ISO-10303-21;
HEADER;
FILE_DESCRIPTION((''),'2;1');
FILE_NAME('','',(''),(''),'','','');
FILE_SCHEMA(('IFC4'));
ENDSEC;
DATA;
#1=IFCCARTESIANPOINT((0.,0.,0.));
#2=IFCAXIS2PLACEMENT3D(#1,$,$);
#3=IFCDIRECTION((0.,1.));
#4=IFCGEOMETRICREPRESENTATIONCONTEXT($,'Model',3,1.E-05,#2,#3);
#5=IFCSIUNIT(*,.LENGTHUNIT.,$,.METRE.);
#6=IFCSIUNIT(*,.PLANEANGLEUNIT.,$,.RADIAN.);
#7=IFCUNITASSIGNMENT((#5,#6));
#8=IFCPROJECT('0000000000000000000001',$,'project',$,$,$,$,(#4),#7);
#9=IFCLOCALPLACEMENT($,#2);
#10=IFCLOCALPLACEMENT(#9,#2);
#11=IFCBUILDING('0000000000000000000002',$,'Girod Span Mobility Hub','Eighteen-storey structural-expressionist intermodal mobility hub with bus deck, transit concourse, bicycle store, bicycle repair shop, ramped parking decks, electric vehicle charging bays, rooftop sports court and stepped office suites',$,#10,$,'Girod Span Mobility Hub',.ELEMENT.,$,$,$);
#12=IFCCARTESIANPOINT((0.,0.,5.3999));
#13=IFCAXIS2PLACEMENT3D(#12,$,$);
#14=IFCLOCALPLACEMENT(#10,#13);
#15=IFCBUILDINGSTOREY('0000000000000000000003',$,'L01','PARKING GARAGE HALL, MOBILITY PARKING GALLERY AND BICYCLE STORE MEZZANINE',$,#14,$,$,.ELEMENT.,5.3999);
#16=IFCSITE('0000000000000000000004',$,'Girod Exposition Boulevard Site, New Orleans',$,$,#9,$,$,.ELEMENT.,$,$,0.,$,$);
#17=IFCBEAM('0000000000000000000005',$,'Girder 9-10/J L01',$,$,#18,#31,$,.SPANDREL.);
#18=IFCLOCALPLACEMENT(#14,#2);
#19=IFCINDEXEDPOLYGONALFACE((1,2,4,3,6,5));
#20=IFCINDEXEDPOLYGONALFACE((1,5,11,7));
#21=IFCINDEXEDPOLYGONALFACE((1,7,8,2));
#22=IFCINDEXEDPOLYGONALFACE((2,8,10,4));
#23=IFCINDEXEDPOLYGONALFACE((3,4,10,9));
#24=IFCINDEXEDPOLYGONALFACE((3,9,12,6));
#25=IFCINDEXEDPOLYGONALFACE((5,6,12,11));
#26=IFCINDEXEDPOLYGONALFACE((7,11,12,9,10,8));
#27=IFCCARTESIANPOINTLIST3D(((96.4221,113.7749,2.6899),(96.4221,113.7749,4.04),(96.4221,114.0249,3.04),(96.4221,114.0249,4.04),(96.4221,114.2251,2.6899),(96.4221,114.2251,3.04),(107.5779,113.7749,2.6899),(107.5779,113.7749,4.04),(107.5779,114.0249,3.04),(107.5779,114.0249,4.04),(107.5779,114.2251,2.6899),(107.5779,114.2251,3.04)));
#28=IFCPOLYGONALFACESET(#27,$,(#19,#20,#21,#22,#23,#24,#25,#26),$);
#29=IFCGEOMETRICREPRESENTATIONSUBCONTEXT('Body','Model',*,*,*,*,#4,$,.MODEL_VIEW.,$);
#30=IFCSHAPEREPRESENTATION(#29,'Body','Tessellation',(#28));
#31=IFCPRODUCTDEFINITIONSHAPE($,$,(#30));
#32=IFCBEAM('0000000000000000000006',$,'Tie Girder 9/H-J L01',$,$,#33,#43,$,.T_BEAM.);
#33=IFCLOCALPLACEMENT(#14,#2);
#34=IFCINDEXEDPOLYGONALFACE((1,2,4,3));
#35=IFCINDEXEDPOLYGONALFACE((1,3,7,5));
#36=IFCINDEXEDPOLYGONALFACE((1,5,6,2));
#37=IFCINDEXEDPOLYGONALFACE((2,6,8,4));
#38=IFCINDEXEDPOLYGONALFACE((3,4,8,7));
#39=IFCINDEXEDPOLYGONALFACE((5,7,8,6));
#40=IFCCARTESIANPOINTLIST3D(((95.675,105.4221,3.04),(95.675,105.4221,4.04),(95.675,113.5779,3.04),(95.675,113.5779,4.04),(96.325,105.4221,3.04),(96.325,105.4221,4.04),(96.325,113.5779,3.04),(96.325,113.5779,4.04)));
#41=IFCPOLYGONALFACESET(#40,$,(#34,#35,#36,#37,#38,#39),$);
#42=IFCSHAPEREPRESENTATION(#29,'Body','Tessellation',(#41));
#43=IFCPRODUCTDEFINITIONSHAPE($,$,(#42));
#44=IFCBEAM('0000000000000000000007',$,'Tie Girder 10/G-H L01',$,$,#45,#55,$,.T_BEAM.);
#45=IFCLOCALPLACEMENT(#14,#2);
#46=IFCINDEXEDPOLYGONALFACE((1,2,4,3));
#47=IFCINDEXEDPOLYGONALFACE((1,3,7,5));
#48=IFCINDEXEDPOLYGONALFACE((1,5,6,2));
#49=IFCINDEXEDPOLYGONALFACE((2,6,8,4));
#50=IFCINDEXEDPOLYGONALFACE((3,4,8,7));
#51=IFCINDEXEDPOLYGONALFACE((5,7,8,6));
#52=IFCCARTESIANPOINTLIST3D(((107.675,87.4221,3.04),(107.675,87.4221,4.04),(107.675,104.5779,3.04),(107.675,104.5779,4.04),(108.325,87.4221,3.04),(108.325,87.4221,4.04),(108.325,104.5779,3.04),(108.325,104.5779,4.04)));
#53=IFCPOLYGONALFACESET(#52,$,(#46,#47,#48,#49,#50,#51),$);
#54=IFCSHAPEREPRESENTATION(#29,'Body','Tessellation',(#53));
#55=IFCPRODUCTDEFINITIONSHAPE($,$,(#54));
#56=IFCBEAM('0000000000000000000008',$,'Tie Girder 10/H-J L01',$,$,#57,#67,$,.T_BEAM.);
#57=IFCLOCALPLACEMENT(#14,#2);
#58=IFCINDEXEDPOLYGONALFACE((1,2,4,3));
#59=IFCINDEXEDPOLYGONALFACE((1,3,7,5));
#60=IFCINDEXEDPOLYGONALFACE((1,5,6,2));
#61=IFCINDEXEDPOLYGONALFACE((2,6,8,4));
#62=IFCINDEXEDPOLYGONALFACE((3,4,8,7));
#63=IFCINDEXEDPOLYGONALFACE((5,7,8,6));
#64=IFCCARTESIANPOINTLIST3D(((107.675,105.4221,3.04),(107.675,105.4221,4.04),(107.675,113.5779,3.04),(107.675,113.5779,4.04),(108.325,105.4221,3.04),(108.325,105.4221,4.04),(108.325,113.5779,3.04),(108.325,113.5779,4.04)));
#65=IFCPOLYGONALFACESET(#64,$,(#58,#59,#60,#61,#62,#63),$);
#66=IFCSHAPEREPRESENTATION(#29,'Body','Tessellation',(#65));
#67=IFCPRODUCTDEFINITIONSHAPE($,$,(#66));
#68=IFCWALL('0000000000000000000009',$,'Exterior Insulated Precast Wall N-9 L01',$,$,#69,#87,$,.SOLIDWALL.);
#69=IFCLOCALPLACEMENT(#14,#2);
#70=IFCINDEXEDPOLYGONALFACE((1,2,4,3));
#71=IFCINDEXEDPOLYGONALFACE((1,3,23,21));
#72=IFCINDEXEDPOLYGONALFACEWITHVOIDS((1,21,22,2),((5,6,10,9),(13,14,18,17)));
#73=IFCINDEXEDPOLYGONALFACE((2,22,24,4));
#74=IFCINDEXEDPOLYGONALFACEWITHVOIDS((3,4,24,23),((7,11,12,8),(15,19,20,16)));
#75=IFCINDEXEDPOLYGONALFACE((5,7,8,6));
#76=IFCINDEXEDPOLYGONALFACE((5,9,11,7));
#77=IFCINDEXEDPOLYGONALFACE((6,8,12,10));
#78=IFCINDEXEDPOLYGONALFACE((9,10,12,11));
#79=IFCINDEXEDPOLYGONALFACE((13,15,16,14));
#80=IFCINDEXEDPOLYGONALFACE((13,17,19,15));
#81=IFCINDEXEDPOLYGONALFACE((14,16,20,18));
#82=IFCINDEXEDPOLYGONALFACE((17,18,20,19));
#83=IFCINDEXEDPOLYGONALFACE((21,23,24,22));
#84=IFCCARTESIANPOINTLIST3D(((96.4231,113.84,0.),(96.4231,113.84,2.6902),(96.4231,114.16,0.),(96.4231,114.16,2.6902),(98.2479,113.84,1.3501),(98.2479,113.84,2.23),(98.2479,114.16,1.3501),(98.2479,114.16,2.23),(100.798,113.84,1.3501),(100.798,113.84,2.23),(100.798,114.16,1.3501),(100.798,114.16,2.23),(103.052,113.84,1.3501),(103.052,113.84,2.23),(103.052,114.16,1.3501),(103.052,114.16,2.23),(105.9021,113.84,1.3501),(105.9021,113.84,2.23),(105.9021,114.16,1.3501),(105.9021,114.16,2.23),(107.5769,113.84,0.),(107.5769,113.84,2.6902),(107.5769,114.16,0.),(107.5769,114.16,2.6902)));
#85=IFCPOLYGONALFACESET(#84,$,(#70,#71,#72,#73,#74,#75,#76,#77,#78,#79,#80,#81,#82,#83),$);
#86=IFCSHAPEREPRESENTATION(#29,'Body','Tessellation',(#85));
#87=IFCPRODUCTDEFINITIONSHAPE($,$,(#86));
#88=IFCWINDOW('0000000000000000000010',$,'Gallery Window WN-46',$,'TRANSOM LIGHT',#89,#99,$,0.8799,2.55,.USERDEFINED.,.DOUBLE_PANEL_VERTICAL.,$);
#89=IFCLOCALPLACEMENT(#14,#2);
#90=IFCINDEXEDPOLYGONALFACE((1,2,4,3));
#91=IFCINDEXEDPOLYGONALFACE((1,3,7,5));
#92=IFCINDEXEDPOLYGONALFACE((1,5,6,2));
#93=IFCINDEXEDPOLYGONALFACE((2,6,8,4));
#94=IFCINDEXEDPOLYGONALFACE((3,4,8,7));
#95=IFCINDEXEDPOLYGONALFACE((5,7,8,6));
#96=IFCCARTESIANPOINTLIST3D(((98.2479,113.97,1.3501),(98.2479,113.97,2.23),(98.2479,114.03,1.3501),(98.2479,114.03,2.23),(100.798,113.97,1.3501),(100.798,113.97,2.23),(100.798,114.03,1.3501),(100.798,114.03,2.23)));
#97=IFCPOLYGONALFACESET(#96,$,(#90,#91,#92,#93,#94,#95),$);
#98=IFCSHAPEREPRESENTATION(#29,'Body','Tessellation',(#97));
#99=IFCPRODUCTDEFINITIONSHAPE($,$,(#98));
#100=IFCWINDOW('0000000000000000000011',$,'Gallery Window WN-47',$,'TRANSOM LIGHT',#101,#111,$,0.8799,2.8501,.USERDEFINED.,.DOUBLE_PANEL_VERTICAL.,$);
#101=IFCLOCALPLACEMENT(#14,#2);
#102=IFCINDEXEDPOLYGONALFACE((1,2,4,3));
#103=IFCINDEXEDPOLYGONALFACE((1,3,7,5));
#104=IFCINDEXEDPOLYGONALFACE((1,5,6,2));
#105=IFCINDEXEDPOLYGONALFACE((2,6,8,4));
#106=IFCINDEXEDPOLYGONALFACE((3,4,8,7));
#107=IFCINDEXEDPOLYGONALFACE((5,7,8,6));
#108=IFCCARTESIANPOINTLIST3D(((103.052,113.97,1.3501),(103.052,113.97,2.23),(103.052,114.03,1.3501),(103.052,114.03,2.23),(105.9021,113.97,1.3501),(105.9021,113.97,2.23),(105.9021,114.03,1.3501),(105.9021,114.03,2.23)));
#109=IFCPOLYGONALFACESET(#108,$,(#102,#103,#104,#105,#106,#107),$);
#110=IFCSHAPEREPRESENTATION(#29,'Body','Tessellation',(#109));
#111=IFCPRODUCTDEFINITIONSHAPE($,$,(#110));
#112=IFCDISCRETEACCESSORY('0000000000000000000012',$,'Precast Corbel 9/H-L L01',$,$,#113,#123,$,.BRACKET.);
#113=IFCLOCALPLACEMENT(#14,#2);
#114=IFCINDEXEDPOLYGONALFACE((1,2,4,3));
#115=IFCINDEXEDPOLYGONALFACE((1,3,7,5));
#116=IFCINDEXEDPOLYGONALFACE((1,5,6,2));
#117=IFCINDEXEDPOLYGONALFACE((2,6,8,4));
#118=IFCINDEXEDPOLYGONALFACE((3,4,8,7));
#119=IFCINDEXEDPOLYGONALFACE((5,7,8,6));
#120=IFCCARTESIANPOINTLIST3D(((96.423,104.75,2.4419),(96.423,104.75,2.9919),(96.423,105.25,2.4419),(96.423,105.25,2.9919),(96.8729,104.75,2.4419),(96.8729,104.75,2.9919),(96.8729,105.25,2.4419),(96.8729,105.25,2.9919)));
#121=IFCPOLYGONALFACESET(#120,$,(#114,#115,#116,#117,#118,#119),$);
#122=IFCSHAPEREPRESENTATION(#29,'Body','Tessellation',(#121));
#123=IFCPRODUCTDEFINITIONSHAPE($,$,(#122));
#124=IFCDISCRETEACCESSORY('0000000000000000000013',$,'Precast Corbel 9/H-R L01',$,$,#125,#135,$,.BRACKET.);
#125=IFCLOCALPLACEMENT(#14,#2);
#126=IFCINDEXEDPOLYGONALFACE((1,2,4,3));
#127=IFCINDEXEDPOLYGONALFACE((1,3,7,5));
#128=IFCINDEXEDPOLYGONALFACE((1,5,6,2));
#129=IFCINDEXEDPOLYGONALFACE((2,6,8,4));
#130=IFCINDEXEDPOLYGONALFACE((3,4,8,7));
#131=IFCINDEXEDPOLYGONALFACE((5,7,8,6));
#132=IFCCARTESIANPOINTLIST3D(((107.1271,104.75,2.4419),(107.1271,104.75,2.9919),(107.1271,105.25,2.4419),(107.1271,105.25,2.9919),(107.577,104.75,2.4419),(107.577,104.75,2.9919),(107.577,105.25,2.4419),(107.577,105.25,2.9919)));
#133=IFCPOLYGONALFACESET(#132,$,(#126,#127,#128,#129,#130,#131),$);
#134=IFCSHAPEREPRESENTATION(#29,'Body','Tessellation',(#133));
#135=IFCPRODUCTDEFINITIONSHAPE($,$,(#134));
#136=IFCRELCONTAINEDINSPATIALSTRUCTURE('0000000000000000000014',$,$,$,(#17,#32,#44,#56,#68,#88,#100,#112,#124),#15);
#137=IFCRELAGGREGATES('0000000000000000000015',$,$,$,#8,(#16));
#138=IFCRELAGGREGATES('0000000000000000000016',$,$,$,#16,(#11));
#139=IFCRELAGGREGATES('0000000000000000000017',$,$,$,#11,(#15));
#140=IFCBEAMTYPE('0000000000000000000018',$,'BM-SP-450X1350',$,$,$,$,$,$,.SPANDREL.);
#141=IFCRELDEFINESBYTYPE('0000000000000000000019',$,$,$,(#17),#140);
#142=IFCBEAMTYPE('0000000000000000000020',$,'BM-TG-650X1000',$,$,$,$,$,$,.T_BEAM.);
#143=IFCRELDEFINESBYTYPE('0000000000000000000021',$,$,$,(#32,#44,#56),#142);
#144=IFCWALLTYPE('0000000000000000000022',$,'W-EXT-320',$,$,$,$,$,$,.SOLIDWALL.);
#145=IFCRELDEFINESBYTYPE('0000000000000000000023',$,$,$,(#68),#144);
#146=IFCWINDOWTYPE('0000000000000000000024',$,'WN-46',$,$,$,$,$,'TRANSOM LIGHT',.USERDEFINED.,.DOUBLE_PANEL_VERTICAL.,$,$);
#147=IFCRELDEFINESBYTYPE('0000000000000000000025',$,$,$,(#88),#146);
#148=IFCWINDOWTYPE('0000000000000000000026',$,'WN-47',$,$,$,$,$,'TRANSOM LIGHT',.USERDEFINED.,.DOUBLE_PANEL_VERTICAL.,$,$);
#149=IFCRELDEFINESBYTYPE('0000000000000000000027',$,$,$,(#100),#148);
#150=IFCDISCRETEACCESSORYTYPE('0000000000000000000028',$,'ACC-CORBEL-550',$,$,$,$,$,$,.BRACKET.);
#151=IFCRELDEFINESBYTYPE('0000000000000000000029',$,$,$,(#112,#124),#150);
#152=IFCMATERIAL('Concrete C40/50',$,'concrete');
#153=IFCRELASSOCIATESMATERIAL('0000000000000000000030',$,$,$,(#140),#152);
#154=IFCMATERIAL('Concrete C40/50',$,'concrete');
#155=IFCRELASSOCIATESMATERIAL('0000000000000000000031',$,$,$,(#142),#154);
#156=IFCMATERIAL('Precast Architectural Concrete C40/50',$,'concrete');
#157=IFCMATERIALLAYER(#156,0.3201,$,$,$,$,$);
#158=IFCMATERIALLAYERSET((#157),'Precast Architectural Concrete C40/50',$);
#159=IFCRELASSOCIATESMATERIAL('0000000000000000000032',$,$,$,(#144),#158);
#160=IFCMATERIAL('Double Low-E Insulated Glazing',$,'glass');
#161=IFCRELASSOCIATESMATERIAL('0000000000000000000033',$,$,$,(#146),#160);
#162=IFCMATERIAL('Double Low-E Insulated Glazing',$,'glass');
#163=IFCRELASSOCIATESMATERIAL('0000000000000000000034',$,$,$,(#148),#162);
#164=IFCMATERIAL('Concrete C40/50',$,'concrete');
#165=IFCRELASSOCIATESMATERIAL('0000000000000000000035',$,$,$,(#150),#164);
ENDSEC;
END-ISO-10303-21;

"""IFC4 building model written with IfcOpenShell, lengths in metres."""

from ifc_helpers import new_model, si_unit, direction, frame, frame_2d, origin, origin_2d, place, context, subcontext, project, spatial, polyline, rectangle, outline, extrude, material, layer, layer_set, material_profile, profile_set, type_object, element, fill, save


model = new_model("IFC4")

# Units and contexts
model_context = context("Model", 3, precision=1e-05, world=origin(), true_north=direction((0.0, 1.0)))
body_context = subcontext(model_context, "Body", "Model", "MODEL_VIEW")
ifc_project = project(units=[si_unit("LENGTHUNIT", "METRE"), si_unit("PLANEANGLEUNIT", "RADIAN")], contexts=[model_context])

# Site, building, storey
site_placement = place(None, origin())
site = spatial("IfcSite", under=ifc_project, at=site_placement, Name="Girod Exposition Boulevard Site, New Orleans", CompositionType="ELEMENT", RefElevation=0.0)
building_placement = place(site_placement, origin())
building = spatial("IfcBuilding", under=site, at=building_placement, Name="Girod Span Mobility Hub", Description="Eighteen-storey structural-expressionist intermodal mobility hub with bus deck, transit concourse, bicycle store, bicycle repair shop, ramped parking decks, electric vehicle charging bays, rooftop sports court and stepped office suites", LongName="Girod Span Mobility Hub", CompositionType="ELEMENT")
storey_placement = place(building_placement, frame((0.0, 0.0, 5.3999)))
storey = spatial("IfcBuildingStorey", under=building, at=storey_placement, Name="L01", Description="PARKING GARAGE HALL, MOBILITY PARKING GALLERY AND BICYCLE STORE MEZZANINE", CompositionType="ELEMENT", Elevation=5.3999)

# Beams
ifc_material_1 = material(Name="Concrete C40/50", Category="concrete")
ifc_material_profile_1 = material_profile(ifc_material_1, outline(polyline([(-0.2251, -0.675), (0.2251, -0.675), (0.2251, -0.325), (0.0249, -0.325), (0.0249, 0.675), (-0.2251, 0.675), (-0.2251, -0.675)])), Name="SP-450X1350")
ifc_profile_set_1 = profile_set([ifc_material_profile_1], Name="Concrete C40/50")
beam_type_1 = type_object("IfcBeamType", Name="BM-SP-450X1350", PredefinedType="SPANDREL", material=ifc_profile_set_1)
beam_1_placement = place(storey_placement, frame((96.4221, 114.0, 3.365), z_axis=(1.0, 0.0, 0.0), x_axis=(0.0, 1.0, 0.0)))
element("IfcBeam", 1, at=beam_1_placement, inside=storey, type_object=beam_type_1, Name="Girder 9-10/J L01", PredefinedType="SPANDREL", context=body_context, shape_type="SweptSolid", body=[
    extrude(outline(polyline([(-0.2251, -0.675), (0.2251, -0.675), (0.2251, -0.325), (0.0249, -0.325), (0.0249, 0.675), (-0.2251, 0.675), (-0.2251, -0.675)])), origin(), (0.0, 0.0, 1.0), 11.1558),
])
ifc_material_2 = material(Name="Concrete C40/50", Category="concrete")
ifc_material_profile_2 = material_profile(ifc_material_2, rectangle(XDim=0.6499, YDim=1.0, at=origin_2d()), Name="TG-650X1000")
ifc_profile_set_2 = profile_set([ifc_material_profile_2], Name="Concrete C40/50")
beam_type_2 = type_object("IfcBeamType", Name="BM-TG-650X1000", PredefinedType="T_BEAM", material=ifc_profile_set_2)
beam_2_placement = place(storey_placement, frame((96.0, 105.4221, 3.54), z_axis=(0.0, 1.0, 0.0), x_axis=(-1.0, 0.0, 0.0)))
element("IfcBeam", 2, at=beam_2_placement, inside=storey, type_object=beam_type_2, Name="Tie Girder 9/H-J L01", PredefinedType="T_BEAM", context=body_context, shape_type="SweptSolid", body=[
    extrude(rectangle(XDim=0.6499, YDim=1.0, at=origin_2d()), origin(), (0.0, 0.0, 1.0), 8.1558),
])
beam_3_placement = place(storey_placement, frame((108.0, 87.4221, 3.54), z_axis=(0.0, 1.0, 0.0), x_axis=(-1.0, 0.0, 0.0)))
element("IfcBeam", 3, at=beam_3_placement, inside=storey, type_object=beam_type_2, Name="Tie Girder 10/G-H L01", PredefinedType="T_BEAM", context=body_context, shape_type="SweptSolid", body=[
    extrude(rectangle(XDim=0.6499, YDim=1.0, at=origin_2d()), origin(), (0.0, 0.0, 1.0), 17.1558),
])
beam_4_placement = place(storey_placement, frame((108.0, 105.4221, 3.54), z_axis=(0.0, 1.0, 0.0), x_axis=(-1.0, 0.0, 0.0)))
element("IfcBeam", 4, at=beam_4_placement, inside=storey, type_object=beam_type_2, Name="Tie Girder 10/H-J L01", PredefinedType="T_BEAM", context=body_context, shape_type="SweptSolid", body=[
    extrude(rectangle(XDim=0.6499, YDim=1.0, at=origin_2d()), origin(), (0.0, 0.0, 1.0), 8.1558),
])

# Wall, openings, windows
ifc_material_3 = material(Name="Precast Architectural Concrete C40/50", Category="concrete")
ifc_layer = layer(ifc_material_3, 0.3201)
ifc_layer_set = layer_set([ifc_layer], Name="Precast Architectural Concrete C40/50")
wall_type = type_object("IfcWallType", Name="W-EXT-320", PredefinedType="SOLIDWALL", material=ifc_layer_set)
wall_placement = place(storey_placement, frame((96.4231, 114.0, 0.0), z_axis=(0.0, 0.0, 1.0), x_axis=(1.0, 0.0, 0.0)))
wall = element("IfcWall", 5, at=wall_placement, inside=storey, type_object=wall_type, Name="Exterior Insulated Precast Wall N-9 L01", PredefinedType="SOLIDWALL", context=body_context, shape_type="SweptSolid", body=[
    extrude(rectangle(XDim=11.1538, YDim=0.3201, at=frame_2d((5.5769, 0.0))), origin(), (0.0, 0.0, 1.0), 2.6902),
])
opening_1_placement = place(wall_placement, frame((1.825, 0.0, 1.3501)))
opening_1 = element("IfcOpeningElement", 6, at=opening_1_placement, cuts=wall, PredefinedType="OPENING", context=body_context, shape_type="SweptSolid", body=[
    extrude(rectangle(XDim=2.55, YDim=0.8799, at=frame_2d((1.2749, 0.4399))), frame((0.0, 0.175, 0.0), z_axis=(0.0, -1.0, 0.0), x_axis=(1.0, 0.0, 0.0)), (0.0, 0.0, 1.0), 0.3501),
])
opening_2_placement = place(wall_placement, frame((6.6289, 0.0, 1.3501)))
opening_2 = element("IfcOpeningElement", 7, at=opening_2_placement, cuts=wall, PredefinedType="OPENING", context=body_context, shape_type="SweptSolid", body=[
    extrude(rectangle(XDim=2.8501, YDim=0.8799, at=frame_2d((1.425, 0.4399))), frame((0.0, 0.175, 0.0), z_axis=(0.0, -1.0, 0.0), x_axis=(1.0, 0.0, 0.0)), (0.0, 0.0, 1.0), 0.3501),
])
ifc_material_4 = material(Name="Double Low-E Insulated Glazing", Category="glass")
window_type_1 = type_object("IfcWindowType", Name="WN-46", ElementType="TRANSOM LIGHT", PartitioningType="DOUBLE_PANEL_VERTICAL", PredefinedType="USERDEFINED", material=ifc_material_4)
window_1_placement = place(opening_1_placement, origin())
window_1 = element("IfcWindow", 8, at=window_1_placement, inside=storey, type_object=window_type_1, Name="Gallery Window WN-46", ObjectType="TRANSOM LIGHT", OverallHeight=0.8799, OverallWidth=2.55, PartitioningType="DOUBLE_PANEL_VERTICAL", PredefinedType="USERDEFINED", context=body_context, shape_type="SweptSolid", body=[
    extrude(rectangle(XDim=2.55, YDim=0.8799, at=frame_2d((1.2749, 0.4399))), frame((0.0, 0.03, 0.0), z_axis=(0.0, -1.0, 0.0), x_axis=(1.0, 0.0, 0.0)), (0.0, 0.0, 1.0), 0.0601),
])
fill(opening_1, window_1)
ifc_material_5 = material(Name="Double Low-E Insulated Glazing", Category="glass")
window_type_2 = type_object("IfcWindowType", Name="WN-47", ElementType="TRANSOM LIGHT", PartitioningType="DOUBLE_PANEL_VERTICAL", PredefinedType="USERDEFINED", material=ifc_material_5)
window_2_placement = place(opening_2_placement, origin())
window_2 = element("IfcWindow", 9, at=window_2_placement, inside=storey, type_object=window_type_2, Name="Gallery Window WN-47", ObjectType="TRANSOM LIGHT", OverallHeight=0.8799, OverallWidth=2.8501, PartitioningType="DOUBLE_PANEL_VERTICAL", PredefinedType="USERDEFINED", context=body_context, shape_type="SweptSolid", body=[
    extrude(rectangle(XDim=2.8501, YDim=0.8799, at=frame_2d((1.425, 0.4399))), frame((0.0, 0.03, 0.0), z_axis=(0.0, -1.0, 0.0), x_axis=(1.0, 0.0, 0.0)), (0.0, 0.0, 1.0), 0.0601),
])
fill(opening_2, window_2)

# Discrete accessories
ifc_material_6 = material(Name="Concrete C40/50", Category="concrete")
discrete_accessory_type = type_object("IfcDiscreteAccessoryType", Name="ACC-CORBEL-550", PredefinedType="BRACKET", material=ifc_material_6)
for number, where, z_axis, x_axis, name in (
    (10, (96.6479, 105.0, 2.4419), (0.0, 0.0, 1.0), (1.0, 0.0, 0.0), "Precast Corbel 9/H-L L01"),
    (11, (107.3521, 105.0, 2.4419), (0.0, 0.0, 1.0), (1.0, 0.0, 0.0), "Precast Corbel 9/H-R L01"),
):
    element("IfcDiscreteAccessory", number, at=place(storey_placement, frame(where, z_axis=z_axis, x_axis=x_axis)), inside=storey, type_object=discrete_accessory_type, Name=name, PredefinedType="BRACKET", context=body_context, shape_type="SweptSolid", body=[
        extrude(rectangle(XDim=0.45, YDim=0.5, at=origin_2d()), origin(), (0.0, 0.0, 1.0), 0.55),
    ])

save(model, "model.ifc")
